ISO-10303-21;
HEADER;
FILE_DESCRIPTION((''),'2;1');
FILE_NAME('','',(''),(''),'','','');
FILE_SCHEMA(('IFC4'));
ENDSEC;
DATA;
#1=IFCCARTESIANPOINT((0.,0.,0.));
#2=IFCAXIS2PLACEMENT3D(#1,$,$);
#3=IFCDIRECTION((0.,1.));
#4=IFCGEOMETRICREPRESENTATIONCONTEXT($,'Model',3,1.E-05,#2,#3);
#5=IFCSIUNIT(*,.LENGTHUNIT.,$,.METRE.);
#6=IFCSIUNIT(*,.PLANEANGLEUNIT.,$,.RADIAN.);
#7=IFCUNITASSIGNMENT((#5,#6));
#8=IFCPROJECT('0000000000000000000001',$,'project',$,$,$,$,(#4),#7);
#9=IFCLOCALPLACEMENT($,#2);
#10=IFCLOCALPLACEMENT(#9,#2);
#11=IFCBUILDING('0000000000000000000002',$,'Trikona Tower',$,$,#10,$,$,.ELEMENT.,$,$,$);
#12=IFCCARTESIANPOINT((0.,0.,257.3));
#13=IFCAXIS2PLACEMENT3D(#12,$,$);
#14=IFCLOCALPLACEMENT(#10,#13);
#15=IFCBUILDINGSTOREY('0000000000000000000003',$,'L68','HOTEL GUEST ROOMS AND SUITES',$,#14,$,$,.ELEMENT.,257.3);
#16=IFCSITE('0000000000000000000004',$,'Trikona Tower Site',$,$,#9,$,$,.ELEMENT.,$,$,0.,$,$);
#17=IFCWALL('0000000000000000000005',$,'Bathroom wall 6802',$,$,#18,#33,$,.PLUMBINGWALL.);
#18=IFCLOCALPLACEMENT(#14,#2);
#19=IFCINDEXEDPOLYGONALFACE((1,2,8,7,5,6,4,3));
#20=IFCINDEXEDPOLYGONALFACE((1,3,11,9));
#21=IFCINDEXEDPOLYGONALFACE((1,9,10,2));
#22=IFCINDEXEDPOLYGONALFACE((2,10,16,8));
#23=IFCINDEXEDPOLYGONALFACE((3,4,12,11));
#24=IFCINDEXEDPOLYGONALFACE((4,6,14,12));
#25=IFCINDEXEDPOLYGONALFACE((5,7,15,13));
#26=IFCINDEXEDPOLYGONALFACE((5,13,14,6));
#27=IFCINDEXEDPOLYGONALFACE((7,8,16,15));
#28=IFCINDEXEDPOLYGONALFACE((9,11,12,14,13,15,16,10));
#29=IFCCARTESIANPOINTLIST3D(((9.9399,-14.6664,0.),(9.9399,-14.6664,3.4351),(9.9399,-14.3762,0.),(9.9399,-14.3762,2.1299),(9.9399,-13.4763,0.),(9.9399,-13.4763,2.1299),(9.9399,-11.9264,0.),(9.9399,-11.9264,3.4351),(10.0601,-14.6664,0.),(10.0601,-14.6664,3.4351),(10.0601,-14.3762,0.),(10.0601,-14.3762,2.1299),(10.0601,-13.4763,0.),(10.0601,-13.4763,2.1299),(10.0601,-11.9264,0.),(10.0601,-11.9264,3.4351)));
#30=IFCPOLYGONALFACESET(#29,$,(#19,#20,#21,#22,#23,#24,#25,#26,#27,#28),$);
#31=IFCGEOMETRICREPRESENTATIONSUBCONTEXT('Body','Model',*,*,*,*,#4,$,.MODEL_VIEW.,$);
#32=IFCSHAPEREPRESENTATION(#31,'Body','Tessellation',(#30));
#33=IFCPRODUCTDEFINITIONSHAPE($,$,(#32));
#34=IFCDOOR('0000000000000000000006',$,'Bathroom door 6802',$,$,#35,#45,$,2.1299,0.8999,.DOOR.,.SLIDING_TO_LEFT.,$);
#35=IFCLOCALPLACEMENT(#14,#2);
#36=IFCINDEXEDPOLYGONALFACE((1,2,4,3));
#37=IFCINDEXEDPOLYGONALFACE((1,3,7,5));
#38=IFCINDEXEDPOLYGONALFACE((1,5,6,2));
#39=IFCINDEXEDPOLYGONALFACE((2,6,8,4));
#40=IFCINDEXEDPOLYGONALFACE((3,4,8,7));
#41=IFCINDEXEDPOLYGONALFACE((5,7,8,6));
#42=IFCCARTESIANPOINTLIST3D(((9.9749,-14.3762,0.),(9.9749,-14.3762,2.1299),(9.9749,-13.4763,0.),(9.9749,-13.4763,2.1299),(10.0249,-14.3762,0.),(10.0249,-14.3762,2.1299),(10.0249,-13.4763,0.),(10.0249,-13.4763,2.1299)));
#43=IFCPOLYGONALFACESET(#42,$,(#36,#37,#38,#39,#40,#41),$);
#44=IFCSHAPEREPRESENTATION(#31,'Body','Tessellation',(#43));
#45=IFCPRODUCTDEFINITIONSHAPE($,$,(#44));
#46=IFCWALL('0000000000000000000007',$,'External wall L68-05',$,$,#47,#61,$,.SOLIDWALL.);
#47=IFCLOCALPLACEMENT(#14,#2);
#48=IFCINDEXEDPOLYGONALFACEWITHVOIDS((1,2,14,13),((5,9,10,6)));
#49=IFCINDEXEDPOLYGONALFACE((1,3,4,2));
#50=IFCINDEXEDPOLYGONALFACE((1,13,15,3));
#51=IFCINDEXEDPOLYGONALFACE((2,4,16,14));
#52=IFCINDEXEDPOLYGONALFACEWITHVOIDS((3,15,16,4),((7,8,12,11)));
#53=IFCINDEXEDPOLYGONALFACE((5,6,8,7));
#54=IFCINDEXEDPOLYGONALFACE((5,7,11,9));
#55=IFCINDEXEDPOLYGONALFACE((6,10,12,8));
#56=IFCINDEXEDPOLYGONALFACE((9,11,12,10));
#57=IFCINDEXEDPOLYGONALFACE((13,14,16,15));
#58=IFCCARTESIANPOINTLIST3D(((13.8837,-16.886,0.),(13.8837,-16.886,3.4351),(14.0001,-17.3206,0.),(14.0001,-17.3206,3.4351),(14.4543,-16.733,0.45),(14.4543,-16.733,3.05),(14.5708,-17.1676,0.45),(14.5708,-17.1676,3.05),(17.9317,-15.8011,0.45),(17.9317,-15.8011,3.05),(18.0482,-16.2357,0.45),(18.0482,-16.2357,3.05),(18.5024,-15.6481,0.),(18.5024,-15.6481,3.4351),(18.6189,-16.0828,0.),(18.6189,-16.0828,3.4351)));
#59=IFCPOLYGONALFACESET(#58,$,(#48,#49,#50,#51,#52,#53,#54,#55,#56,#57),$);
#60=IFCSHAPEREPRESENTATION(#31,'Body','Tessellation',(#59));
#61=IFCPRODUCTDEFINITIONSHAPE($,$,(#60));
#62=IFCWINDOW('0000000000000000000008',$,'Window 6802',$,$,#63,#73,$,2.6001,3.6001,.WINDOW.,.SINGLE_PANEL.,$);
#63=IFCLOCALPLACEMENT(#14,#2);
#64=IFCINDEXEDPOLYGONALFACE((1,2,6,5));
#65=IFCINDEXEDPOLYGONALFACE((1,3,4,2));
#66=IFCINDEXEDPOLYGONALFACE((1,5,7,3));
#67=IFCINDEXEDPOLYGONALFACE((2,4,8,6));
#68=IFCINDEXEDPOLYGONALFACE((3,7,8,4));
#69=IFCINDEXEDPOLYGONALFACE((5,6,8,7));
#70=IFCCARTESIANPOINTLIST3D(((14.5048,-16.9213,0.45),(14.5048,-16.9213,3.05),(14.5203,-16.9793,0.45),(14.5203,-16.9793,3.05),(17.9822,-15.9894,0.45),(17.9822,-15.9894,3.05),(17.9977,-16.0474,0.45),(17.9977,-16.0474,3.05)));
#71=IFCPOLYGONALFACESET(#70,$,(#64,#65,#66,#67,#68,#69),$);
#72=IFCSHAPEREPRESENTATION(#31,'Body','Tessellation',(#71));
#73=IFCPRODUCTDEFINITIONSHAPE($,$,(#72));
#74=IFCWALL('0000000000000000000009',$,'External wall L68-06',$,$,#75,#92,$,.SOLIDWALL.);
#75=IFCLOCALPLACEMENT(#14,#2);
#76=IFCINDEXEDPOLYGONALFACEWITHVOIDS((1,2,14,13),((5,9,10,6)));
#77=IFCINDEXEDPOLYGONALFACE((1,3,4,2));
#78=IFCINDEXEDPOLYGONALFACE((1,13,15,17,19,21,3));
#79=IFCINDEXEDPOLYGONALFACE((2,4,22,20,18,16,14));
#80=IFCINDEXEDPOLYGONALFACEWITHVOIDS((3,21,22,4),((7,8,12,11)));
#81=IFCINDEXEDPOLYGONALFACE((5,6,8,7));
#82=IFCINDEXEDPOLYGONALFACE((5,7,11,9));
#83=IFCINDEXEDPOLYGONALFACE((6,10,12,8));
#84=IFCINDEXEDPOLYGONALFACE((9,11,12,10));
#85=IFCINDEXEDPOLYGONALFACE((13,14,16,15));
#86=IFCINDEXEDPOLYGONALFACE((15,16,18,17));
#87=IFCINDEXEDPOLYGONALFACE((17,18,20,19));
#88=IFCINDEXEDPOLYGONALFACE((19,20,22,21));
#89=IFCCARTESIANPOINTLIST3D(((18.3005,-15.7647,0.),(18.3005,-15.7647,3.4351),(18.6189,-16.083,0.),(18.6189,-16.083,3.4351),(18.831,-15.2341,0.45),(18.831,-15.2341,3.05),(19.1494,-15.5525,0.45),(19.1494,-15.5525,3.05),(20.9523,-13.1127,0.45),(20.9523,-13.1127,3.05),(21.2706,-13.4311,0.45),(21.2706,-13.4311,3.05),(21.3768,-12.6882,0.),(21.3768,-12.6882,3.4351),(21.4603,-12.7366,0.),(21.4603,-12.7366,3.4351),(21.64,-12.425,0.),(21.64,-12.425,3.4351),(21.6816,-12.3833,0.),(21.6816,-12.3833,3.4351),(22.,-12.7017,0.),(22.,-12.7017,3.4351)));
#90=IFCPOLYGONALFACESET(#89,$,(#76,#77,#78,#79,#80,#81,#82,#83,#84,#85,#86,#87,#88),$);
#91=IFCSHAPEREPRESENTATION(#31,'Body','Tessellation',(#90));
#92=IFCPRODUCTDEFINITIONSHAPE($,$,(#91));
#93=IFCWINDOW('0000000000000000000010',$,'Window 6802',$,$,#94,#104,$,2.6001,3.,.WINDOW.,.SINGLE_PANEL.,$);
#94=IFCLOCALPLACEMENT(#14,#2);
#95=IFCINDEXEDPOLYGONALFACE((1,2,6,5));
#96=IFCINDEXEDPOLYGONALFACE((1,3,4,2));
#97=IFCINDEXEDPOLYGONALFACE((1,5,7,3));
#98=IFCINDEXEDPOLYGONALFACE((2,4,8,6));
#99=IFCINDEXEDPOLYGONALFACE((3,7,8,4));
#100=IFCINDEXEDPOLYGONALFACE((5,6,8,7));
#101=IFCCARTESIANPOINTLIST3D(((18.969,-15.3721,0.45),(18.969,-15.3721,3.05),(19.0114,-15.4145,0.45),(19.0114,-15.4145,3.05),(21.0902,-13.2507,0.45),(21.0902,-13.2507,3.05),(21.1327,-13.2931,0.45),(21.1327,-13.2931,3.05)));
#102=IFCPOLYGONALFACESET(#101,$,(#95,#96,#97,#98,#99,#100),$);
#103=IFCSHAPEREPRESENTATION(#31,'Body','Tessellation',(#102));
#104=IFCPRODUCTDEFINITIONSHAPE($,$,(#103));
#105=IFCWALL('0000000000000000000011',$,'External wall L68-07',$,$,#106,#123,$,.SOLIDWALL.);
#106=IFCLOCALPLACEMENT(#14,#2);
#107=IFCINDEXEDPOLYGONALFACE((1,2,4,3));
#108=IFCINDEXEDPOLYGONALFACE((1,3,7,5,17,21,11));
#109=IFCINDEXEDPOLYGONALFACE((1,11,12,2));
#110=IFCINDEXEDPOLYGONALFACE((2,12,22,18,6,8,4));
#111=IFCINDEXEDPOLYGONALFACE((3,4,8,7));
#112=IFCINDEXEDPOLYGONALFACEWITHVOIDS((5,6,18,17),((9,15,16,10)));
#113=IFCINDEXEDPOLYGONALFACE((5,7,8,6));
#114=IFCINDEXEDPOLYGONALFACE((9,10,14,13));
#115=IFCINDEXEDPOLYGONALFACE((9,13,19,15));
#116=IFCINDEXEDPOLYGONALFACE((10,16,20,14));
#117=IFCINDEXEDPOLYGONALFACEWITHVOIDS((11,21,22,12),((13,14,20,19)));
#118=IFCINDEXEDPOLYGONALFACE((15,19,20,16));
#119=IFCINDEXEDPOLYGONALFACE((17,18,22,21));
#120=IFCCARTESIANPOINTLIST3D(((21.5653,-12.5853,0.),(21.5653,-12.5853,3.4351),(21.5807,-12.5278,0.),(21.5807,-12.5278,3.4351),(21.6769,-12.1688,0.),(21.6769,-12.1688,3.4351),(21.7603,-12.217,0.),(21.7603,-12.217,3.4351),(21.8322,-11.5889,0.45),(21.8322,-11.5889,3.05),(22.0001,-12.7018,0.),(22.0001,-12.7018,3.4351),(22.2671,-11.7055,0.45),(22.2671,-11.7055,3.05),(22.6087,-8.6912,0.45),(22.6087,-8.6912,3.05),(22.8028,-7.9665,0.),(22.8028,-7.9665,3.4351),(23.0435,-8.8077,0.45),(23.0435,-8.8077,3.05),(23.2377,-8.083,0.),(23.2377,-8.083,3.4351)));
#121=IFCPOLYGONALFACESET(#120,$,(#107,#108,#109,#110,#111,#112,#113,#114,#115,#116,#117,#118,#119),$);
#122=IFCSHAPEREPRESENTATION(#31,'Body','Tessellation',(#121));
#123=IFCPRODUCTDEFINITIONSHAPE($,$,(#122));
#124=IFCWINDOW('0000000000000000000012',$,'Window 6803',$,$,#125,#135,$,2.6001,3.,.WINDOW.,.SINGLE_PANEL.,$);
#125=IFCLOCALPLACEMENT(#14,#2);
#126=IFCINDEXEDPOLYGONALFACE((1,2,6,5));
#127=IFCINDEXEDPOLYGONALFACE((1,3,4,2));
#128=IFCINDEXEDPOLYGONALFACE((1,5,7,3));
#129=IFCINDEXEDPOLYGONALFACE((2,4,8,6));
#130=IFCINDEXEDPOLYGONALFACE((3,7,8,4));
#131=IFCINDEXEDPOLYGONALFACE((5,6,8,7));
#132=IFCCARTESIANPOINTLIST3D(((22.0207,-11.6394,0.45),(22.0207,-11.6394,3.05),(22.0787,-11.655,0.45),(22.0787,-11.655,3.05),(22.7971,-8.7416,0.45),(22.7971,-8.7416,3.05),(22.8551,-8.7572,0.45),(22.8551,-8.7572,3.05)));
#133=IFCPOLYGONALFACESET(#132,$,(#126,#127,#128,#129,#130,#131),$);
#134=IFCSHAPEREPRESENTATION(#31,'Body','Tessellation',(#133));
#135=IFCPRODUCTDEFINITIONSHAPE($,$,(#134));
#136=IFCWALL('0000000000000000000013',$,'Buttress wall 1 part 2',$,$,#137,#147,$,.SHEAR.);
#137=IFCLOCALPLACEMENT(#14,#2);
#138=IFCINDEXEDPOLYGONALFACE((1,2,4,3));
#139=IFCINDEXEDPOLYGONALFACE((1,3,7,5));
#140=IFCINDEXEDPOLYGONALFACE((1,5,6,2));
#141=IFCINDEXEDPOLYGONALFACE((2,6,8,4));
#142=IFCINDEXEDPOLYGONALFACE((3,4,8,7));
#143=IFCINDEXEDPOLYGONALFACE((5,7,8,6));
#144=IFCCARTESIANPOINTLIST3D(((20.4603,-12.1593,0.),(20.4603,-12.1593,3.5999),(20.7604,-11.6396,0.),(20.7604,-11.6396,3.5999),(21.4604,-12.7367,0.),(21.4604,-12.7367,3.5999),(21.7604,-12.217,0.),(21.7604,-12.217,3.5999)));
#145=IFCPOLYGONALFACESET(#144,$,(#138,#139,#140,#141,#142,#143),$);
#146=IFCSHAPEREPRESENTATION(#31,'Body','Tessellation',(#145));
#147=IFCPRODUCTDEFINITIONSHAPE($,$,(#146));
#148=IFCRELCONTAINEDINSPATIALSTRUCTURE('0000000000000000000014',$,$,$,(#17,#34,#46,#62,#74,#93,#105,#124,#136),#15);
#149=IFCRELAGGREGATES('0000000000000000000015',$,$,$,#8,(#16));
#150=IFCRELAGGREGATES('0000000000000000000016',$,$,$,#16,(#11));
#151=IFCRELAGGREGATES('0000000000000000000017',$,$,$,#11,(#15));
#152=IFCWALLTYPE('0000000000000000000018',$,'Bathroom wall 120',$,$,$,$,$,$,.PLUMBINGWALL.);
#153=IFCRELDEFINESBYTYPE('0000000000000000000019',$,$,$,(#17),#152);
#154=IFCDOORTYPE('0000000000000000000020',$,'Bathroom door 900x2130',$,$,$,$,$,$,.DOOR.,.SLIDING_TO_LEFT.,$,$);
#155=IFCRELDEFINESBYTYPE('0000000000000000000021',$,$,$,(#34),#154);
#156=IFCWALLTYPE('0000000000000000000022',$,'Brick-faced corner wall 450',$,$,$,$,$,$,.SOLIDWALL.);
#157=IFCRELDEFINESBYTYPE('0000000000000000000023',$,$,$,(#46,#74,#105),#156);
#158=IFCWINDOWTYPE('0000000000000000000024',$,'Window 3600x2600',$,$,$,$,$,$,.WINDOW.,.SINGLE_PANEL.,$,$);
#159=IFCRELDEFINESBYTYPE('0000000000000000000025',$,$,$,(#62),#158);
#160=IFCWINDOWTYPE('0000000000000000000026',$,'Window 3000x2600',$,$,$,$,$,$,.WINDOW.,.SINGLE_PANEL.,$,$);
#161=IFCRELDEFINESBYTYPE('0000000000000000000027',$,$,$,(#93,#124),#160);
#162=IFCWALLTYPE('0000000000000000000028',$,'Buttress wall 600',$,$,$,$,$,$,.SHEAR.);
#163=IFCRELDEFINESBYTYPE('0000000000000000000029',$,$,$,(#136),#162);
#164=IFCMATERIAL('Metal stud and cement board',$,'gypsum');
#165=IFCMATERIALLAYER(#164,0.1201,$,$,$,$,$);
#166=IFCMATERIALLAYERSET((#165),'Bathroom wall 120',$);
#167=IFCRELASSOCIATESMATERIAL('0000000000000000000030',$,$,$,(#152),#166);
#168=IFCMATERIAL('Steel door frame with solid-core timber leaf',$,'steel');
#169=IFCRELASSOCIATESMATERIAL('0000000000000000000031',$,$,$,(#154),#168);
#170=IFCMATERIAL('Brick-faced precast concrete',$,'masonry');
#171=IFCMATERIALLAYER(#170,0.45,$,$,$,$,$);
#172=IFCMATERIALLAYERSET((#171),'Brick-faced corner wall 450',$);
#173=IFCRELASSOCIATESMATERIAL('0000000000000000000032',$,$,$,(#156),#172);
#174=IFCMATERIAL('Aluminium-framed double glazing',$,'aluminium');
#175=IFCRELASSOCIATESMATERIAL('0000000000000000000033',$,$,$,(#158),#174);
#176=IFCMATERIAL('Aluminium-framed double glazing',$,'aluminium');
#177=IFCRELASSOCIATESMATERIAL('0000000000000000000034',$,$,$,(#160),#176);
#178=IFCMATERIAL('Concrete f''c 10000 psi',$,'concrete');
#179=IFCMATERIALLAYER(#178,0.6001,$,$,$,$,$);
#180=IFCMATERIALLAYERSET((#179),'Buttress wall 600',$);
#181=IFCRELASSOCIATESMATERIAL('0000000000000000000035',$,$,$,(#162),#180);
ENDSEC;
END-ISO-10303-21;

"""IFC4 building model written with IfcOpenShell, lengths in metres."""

from ifc_helpers import new_model, si_unit, direction, frame, frame_2d, origin, place, context, subcontext, project, spatial, polyline, rectangle, outline, extrude, material, layer, layer_set, type_object, element, fill, save


model = new_model("IFC4")

# Units and contexts
model_context = context("Model", 3, precision=1e-05, world=origin(), true_north=direction((0.0, 1.0)))
body_context = subcontext(model_context, "Body", "Model", "MODEL_VIEW")
ifc_project = project(units=[si_unit("LENGTHUNIT", "METRE"), si_unit("PLANEANGLEUNIT", "RADIAN")], contexts=[model_context])

# Site, building, storey
site_placement = place(None, origin())
site = spatial("IfcSite", under=ifc_project, at=site_placement, Name="Trikona Tower Site", CompositionType="ELEMENT", RefElevation=0.0)
building_placement = place(site_placement, origin())
building = spatial("IfcBuilding", under=site, at=building_placement, Name="Trikona Tower", CompositionType="ELEMENT")
storey_placement = place(building_placement, frame((0.0, 0.0, 257.3)))
storey = spatial("IfcBuildingStorey", under=building, at=storey_placement, Name="L68", Description="HOTEL GUEST ROOMS AND SUITES", CompositionType="ELEMENT", Elevation=257.3)

# Wall, opening, door
ifc_material_1 = material(Name="Metal stud and cement board", Category="gypsum")
ifc_layer_1 = layer(ifc_material_1, 0.1201)
ifc_layer_set_1 = layer_set([ifc_layer_1], Name="Bathroom wall 120")
wall_type_1 = type_object("IfcWallType", Name="Bathroom wall 120", PredefinedType="PLUMBINGWALL", material=ifc_layer_set_1)
wall_1_placement = place(storey_placement, frame((10.0, -11.9263, 0.0), z_axis=(0.0, 0.0, 1.0), x_axis=(0.0, -1.0, 0.0)))
wall_1 = element("IfcWall", 1, at=wall_1_placement, inside=storey, type_object=wall_type_1, Name="Bathroom wall 6802", PredefinedType="PLUMBINGWALL", context=body_context, shape_type="SweptSolid", body=[
    extrude(rectangle(XDim=2.74, YDim=0.1201, at=frame_2d((1.3701, 0.0))), origin(), (0.0, 0.0, 1.0), 3.4351),
])
opening_1_placement = place(wall_1_placement, frame((1.55, 0.0, 0.0)))
opening_1 = element("IfcOpeningElement", 2, at=opening_1_placement, cuts=wall_1, PredefinedType="OPENING", context=body_context, shape_type="SweptSolid", body=[
    extrude(rectangle(XDim=0.8999, YDim=2.1299, at=frame_2d((0.45, 1.0649))), frame((0.0, 0.0701, 0.0), z_axis=(0.0, -1.0, 0.0), x_axis=(1.0, 0.0, 0.0)), (0.0, 0.0, 1.0), 0.1401),
])
ifc_material_2 = material(Name="Steel door frame with solid-core timber leaf", Category="steel")
door_type_1 = type_object("IfcDoorType", Name="Bathroom door 900x2130", OperationType="SLIDING_TO_LEFT", PredefinedType="DOOR", material=ifc_material_2)
door_1_placement = place(opening_1_placement, origin())
door_1 = element("IfcDoor", 3, at=door_1_placement, inside=storey, type_object=door_type_1, Name="Bathroom door 6802", OperationType="SLIDING_TO_LEFT", OverallHeight=2.1299, OverallWidth=0.8999, PredefinedType="DOOR", context=body_context, shape_type="SweptSolid", body=[
    extrude(rectangle(XDim=0.8999, YDim=2.1299, at=frame_2d((0.45, 1.0649))), frame((0.0, 0.0249, 0.0), z_axis=(0.0, -1.0, 0.0), x_axis=(1.0, 0.0, 0.0)), (0.0, 0.0, 1.0), 0.05),
])
fill(opening_1, door_1)

# Walls, openings, windows
ifc_material_3 = material(Name="Brick-faced precast concrete", Category="masonry")
ifc_layer_2 = layer(ifc_material_3, 0.45)
ifc_layer_set_2 = layer_set([ifc_layer_2], Name="Brick-faced corner wall 450")
wall_type_2 = type_object("IfcWallType", Name="Brick-faced corner wall 450", PredefinedType="SOLIDWALL", material=ifc_layer_set_2)
wall_2_placement = place(storey_placement, frame((13.9419, -17.1033, 0.0), z_axis=(0.0, 0.0, 1.0), x_axis=(0.965914, 0.258864, 0.0)))
wall_2 = element("IfcWall", 4, at=wall_2_placement, inside=storey, type_object=wall_type_2, Name="External wall L68-05", PredefinedType="SOLIDWALL", context=body_context, shape_type="SweptSolid", body=[
    extrude(rectangle(XDim=4.7817, YDim=0.45, at=frame_2d((2.3909, 0.0))), origin(), (0.0, 0.0, 1.0), 3.4351),
])
opening_2_placement = place(wall_2_placement, frame((0.5908, 0.0, 0.45)))
opening_2 = element("IfcOpeningElement", 5, at=opening_2_placement, cuts=wall_2, PredefinedType="OPENING", context=body_context, shape_type="SweptSolid", body=[
    extrude(rectangle(XDim=3.6001, YDim=2.6001, at=frame_2d((1.8, 1.3))), frame((0.0, 0.2349, 0.0), z_axis=(0.0, -1.0, 0.0), x_axis=(1.0, 0.0, 0.0)), (0.0, 0.0, 1.0), 0.47),
])
ifc_material_4 = material(Name="Aluminium-framed double glazing", Category="aluminium")
window_type_1 = type_object("IfcWindowType", Name="Window 3600x2600", PartitioningType="SINGLE_PANEL", PredefinedType="WINDOW", material=ifc_material_4)
window_1_placement = place(opening_2_placement, origin())
window_1 = element("IfcWindow", 6, at=window_1_placement, inside=storey, type_object=window_type_1, Name="Window 6802", OverallHeight=2.6001, OverallWidth=3.6001, PartitioningType="SINGLE_PANEL", PredefinedType="WINDOW", context=body_context, shape_type="SweptSolid", body=[
    extrude(rectangle(XDim=3.6001, YDim=2.6001, at=frame_2d((1.8, 1.3))), frame((0.0, 0.03, 0.0), z_axis=(0.0, -1.0, 0.0), x_axis=(1.0, 0.0, 0.0)), (0.0, 0.0, 1.0), 0.0601),
])
fill(opening_2, window_1)
wall_3_placement = place(storey_placement, frame((18.4597, -15.9238, 0.0), z_axis=(0.0, 0.0, 1.0), x_axis=(0.707081, 0.707132, 0.0)))
wall_3 = element("IfcWall", 7, at=wall_3_placement, inside=storey, type_object=wall_type_2, Name="External wall L68-06", PredefinedType="SOLIDWALL", context=body_context, shape_type="SweptSolid", body=[
    extrude(outline(polyline([(4.7817, 0.2251), (4.7229, 0.2251), (4.3755, 0.1318), (4.3506, 0.2251), (0.0, 0.2251), (0.0, -0.2251), (4.7817, -0.2251), (4.7817, 0.2251)])), origin(), (0.0, 0.0, 1.0), 3.4351),
])
opening_3_placement = place(wall_3_placement, frame((0.7502, 0.0, 0.45)))
opening_3 = element("IfcOpeningElement", 8, at=opening_3_placement, cuts=wall_3, PredefinedType="OPENING", context=body_context, shape_type="SweptSolid", body=[
    extrude(rectangle(XDim=3.0, YDim=2.6001, at=frame_2d((1.5, 1.3))), frame((0.0, 0.2349, 0.0), z_axis=(0.0, -1.0, 0.0), x_axis=(1.0, 0.0, 0.0)), (0.0, 0.0, 1.0), 0.47),
])
ifc_material_5 = material(Name="Aluminium-framed double glazing", Category="aluminium")
window_type_2 = type_object("IfcWindowType", Name="Window 3000x2600", PartitioningType="SINGLE_PANEL", PredefinedType="WINDOW", material=ifc_material_5)
window_2_placement = place(opening_3_placement, origin())
window_2 = element("IfcWindow", 9, at=window_2_placement, inside=storey, type_object=window_type_2, Name="Window 6802", OverallHeight=2.6001, OverallWidth=3.0, PartitioningType="SINGLE_PANEL", PredefinedType="WINDOW", context=body_context, shape_type="SweptSolid", body=[
    extrude(rectangle(XDim=3.0, YDim=2.6001, at=frame_2d((1.5, 1.3))), frame((0.0, 0.03, 0.0), z_axis=(0.0, -1.0, 0.0), x_axis=(1.0, 0.0, 0.0)), (0.0, 0.0, 1.0), 0.0601),
])
fill(opening_3, window_2)
wall_4_placement = place(storey_placement, frame((21.7827, -12.6436, 0.0), z_axis=(0.0, 0.0, 1.0), x_axis=(0.258803, 0.96593, 0.0)))
wall_4 = element("IfcWall", 10, at=wall_4_placement, inside=storey, type_object=wall_type_2, Name="External wall L68-07", PredefinedType="SOLIDWALL", context=body_context, shape_type="SweptSolid", body=[
    extrude(outline(polyline([(4.7817, 0.2251), (0.4312, 0.2251), (0.4062, 0.1321), (0.0596, 0.2251), (0.0, 0.2251), (0.0, -0.2251), (4.7817, -0.2251), (4.7817, 0.2251)])), origin(), (0.0, 0.0, 1.0), 3.4351),
])
opening_4_placement = place(wall_4_placement, frame((1.0315, 0.0, 0.45)))
opening_4 = element("IfcOpeningElement", 11, at=opening_4_placement, cuts=wall_4, PredefinedType="OPENING", context=body_context, shape_type="SweptSolid", body=[
    extrude(rectangle(XDim=3.0, YDim=2.6001, at=frame_2d((1.5, 1.3))), frame((0.0, 0.2349, 0.0), z_axis=(0.0, -1.0, 0.0), x_axis=(1.0, 0.0, 0.0)), (0.0, 0.0, 1.0), 0.47),
])
window_3_placement = place(opening_4_placement, origin())
window_3 = element("IfcWindow", 12, at=window_3_placement, inside=storey, type_object=window_type_2, Name="Window 6803", OverallHeight=2.6001, OverallWidth=3.0, PartitioningType="SINGLE_PANEL", PredefinedType="WINDOW", context=body_context, shape_type="SweptSolid", body=[
    extrude(rectangle(XDim=3.0, YDim=2.6001, at=frame_2d((1.5, 1.3))), frame((0.0, 0.03, 0.0), z_axis=(0.0, -1.0, 0.0), x_axis=(1.0, 0.0, 0.0)), (0.0, 0.0, 1.0), 0.0601),
])
fill(opening_4, window_3)

# Wall
ifc_material_6 = material(Name="Concrete f'c 10000 psi", Category="concrete")
ifc_layer_3 = layer(ifc_material_6, 0.6001)
ifc_layer_set_3 = layer_set([ifc_layer_3], Name="Buttress wall 600")
wall_type_3 = type_object("IfcWallType", Name="Buttress wall 600", PredefinedType="SHEAR", material=ifc_layer_set_3)
wall_5_placement = place(storey_placement, frame((20.6104, -11.8994, 0.0), z_axis=(0.0, 0.0, 1.0), x_axis=(0.86601, -0.500027, 0.0)))
element("IfcWall", 13, at=wall_5_placement, inside=storey, type_object=wall_type_3, Name="Buttress wall 1 part 2", PredefinedType="SHEAR", context=body_context, shape_type="SweptSolid", body=[
    extrude(rectangle(XDim=1.1548, YDim=0.6001, at=frame_2d((0.5774, 0.0))), origin(), (0.0, 0.0, 1.0), 3.5999),
])

save(model, "model.ifc")
